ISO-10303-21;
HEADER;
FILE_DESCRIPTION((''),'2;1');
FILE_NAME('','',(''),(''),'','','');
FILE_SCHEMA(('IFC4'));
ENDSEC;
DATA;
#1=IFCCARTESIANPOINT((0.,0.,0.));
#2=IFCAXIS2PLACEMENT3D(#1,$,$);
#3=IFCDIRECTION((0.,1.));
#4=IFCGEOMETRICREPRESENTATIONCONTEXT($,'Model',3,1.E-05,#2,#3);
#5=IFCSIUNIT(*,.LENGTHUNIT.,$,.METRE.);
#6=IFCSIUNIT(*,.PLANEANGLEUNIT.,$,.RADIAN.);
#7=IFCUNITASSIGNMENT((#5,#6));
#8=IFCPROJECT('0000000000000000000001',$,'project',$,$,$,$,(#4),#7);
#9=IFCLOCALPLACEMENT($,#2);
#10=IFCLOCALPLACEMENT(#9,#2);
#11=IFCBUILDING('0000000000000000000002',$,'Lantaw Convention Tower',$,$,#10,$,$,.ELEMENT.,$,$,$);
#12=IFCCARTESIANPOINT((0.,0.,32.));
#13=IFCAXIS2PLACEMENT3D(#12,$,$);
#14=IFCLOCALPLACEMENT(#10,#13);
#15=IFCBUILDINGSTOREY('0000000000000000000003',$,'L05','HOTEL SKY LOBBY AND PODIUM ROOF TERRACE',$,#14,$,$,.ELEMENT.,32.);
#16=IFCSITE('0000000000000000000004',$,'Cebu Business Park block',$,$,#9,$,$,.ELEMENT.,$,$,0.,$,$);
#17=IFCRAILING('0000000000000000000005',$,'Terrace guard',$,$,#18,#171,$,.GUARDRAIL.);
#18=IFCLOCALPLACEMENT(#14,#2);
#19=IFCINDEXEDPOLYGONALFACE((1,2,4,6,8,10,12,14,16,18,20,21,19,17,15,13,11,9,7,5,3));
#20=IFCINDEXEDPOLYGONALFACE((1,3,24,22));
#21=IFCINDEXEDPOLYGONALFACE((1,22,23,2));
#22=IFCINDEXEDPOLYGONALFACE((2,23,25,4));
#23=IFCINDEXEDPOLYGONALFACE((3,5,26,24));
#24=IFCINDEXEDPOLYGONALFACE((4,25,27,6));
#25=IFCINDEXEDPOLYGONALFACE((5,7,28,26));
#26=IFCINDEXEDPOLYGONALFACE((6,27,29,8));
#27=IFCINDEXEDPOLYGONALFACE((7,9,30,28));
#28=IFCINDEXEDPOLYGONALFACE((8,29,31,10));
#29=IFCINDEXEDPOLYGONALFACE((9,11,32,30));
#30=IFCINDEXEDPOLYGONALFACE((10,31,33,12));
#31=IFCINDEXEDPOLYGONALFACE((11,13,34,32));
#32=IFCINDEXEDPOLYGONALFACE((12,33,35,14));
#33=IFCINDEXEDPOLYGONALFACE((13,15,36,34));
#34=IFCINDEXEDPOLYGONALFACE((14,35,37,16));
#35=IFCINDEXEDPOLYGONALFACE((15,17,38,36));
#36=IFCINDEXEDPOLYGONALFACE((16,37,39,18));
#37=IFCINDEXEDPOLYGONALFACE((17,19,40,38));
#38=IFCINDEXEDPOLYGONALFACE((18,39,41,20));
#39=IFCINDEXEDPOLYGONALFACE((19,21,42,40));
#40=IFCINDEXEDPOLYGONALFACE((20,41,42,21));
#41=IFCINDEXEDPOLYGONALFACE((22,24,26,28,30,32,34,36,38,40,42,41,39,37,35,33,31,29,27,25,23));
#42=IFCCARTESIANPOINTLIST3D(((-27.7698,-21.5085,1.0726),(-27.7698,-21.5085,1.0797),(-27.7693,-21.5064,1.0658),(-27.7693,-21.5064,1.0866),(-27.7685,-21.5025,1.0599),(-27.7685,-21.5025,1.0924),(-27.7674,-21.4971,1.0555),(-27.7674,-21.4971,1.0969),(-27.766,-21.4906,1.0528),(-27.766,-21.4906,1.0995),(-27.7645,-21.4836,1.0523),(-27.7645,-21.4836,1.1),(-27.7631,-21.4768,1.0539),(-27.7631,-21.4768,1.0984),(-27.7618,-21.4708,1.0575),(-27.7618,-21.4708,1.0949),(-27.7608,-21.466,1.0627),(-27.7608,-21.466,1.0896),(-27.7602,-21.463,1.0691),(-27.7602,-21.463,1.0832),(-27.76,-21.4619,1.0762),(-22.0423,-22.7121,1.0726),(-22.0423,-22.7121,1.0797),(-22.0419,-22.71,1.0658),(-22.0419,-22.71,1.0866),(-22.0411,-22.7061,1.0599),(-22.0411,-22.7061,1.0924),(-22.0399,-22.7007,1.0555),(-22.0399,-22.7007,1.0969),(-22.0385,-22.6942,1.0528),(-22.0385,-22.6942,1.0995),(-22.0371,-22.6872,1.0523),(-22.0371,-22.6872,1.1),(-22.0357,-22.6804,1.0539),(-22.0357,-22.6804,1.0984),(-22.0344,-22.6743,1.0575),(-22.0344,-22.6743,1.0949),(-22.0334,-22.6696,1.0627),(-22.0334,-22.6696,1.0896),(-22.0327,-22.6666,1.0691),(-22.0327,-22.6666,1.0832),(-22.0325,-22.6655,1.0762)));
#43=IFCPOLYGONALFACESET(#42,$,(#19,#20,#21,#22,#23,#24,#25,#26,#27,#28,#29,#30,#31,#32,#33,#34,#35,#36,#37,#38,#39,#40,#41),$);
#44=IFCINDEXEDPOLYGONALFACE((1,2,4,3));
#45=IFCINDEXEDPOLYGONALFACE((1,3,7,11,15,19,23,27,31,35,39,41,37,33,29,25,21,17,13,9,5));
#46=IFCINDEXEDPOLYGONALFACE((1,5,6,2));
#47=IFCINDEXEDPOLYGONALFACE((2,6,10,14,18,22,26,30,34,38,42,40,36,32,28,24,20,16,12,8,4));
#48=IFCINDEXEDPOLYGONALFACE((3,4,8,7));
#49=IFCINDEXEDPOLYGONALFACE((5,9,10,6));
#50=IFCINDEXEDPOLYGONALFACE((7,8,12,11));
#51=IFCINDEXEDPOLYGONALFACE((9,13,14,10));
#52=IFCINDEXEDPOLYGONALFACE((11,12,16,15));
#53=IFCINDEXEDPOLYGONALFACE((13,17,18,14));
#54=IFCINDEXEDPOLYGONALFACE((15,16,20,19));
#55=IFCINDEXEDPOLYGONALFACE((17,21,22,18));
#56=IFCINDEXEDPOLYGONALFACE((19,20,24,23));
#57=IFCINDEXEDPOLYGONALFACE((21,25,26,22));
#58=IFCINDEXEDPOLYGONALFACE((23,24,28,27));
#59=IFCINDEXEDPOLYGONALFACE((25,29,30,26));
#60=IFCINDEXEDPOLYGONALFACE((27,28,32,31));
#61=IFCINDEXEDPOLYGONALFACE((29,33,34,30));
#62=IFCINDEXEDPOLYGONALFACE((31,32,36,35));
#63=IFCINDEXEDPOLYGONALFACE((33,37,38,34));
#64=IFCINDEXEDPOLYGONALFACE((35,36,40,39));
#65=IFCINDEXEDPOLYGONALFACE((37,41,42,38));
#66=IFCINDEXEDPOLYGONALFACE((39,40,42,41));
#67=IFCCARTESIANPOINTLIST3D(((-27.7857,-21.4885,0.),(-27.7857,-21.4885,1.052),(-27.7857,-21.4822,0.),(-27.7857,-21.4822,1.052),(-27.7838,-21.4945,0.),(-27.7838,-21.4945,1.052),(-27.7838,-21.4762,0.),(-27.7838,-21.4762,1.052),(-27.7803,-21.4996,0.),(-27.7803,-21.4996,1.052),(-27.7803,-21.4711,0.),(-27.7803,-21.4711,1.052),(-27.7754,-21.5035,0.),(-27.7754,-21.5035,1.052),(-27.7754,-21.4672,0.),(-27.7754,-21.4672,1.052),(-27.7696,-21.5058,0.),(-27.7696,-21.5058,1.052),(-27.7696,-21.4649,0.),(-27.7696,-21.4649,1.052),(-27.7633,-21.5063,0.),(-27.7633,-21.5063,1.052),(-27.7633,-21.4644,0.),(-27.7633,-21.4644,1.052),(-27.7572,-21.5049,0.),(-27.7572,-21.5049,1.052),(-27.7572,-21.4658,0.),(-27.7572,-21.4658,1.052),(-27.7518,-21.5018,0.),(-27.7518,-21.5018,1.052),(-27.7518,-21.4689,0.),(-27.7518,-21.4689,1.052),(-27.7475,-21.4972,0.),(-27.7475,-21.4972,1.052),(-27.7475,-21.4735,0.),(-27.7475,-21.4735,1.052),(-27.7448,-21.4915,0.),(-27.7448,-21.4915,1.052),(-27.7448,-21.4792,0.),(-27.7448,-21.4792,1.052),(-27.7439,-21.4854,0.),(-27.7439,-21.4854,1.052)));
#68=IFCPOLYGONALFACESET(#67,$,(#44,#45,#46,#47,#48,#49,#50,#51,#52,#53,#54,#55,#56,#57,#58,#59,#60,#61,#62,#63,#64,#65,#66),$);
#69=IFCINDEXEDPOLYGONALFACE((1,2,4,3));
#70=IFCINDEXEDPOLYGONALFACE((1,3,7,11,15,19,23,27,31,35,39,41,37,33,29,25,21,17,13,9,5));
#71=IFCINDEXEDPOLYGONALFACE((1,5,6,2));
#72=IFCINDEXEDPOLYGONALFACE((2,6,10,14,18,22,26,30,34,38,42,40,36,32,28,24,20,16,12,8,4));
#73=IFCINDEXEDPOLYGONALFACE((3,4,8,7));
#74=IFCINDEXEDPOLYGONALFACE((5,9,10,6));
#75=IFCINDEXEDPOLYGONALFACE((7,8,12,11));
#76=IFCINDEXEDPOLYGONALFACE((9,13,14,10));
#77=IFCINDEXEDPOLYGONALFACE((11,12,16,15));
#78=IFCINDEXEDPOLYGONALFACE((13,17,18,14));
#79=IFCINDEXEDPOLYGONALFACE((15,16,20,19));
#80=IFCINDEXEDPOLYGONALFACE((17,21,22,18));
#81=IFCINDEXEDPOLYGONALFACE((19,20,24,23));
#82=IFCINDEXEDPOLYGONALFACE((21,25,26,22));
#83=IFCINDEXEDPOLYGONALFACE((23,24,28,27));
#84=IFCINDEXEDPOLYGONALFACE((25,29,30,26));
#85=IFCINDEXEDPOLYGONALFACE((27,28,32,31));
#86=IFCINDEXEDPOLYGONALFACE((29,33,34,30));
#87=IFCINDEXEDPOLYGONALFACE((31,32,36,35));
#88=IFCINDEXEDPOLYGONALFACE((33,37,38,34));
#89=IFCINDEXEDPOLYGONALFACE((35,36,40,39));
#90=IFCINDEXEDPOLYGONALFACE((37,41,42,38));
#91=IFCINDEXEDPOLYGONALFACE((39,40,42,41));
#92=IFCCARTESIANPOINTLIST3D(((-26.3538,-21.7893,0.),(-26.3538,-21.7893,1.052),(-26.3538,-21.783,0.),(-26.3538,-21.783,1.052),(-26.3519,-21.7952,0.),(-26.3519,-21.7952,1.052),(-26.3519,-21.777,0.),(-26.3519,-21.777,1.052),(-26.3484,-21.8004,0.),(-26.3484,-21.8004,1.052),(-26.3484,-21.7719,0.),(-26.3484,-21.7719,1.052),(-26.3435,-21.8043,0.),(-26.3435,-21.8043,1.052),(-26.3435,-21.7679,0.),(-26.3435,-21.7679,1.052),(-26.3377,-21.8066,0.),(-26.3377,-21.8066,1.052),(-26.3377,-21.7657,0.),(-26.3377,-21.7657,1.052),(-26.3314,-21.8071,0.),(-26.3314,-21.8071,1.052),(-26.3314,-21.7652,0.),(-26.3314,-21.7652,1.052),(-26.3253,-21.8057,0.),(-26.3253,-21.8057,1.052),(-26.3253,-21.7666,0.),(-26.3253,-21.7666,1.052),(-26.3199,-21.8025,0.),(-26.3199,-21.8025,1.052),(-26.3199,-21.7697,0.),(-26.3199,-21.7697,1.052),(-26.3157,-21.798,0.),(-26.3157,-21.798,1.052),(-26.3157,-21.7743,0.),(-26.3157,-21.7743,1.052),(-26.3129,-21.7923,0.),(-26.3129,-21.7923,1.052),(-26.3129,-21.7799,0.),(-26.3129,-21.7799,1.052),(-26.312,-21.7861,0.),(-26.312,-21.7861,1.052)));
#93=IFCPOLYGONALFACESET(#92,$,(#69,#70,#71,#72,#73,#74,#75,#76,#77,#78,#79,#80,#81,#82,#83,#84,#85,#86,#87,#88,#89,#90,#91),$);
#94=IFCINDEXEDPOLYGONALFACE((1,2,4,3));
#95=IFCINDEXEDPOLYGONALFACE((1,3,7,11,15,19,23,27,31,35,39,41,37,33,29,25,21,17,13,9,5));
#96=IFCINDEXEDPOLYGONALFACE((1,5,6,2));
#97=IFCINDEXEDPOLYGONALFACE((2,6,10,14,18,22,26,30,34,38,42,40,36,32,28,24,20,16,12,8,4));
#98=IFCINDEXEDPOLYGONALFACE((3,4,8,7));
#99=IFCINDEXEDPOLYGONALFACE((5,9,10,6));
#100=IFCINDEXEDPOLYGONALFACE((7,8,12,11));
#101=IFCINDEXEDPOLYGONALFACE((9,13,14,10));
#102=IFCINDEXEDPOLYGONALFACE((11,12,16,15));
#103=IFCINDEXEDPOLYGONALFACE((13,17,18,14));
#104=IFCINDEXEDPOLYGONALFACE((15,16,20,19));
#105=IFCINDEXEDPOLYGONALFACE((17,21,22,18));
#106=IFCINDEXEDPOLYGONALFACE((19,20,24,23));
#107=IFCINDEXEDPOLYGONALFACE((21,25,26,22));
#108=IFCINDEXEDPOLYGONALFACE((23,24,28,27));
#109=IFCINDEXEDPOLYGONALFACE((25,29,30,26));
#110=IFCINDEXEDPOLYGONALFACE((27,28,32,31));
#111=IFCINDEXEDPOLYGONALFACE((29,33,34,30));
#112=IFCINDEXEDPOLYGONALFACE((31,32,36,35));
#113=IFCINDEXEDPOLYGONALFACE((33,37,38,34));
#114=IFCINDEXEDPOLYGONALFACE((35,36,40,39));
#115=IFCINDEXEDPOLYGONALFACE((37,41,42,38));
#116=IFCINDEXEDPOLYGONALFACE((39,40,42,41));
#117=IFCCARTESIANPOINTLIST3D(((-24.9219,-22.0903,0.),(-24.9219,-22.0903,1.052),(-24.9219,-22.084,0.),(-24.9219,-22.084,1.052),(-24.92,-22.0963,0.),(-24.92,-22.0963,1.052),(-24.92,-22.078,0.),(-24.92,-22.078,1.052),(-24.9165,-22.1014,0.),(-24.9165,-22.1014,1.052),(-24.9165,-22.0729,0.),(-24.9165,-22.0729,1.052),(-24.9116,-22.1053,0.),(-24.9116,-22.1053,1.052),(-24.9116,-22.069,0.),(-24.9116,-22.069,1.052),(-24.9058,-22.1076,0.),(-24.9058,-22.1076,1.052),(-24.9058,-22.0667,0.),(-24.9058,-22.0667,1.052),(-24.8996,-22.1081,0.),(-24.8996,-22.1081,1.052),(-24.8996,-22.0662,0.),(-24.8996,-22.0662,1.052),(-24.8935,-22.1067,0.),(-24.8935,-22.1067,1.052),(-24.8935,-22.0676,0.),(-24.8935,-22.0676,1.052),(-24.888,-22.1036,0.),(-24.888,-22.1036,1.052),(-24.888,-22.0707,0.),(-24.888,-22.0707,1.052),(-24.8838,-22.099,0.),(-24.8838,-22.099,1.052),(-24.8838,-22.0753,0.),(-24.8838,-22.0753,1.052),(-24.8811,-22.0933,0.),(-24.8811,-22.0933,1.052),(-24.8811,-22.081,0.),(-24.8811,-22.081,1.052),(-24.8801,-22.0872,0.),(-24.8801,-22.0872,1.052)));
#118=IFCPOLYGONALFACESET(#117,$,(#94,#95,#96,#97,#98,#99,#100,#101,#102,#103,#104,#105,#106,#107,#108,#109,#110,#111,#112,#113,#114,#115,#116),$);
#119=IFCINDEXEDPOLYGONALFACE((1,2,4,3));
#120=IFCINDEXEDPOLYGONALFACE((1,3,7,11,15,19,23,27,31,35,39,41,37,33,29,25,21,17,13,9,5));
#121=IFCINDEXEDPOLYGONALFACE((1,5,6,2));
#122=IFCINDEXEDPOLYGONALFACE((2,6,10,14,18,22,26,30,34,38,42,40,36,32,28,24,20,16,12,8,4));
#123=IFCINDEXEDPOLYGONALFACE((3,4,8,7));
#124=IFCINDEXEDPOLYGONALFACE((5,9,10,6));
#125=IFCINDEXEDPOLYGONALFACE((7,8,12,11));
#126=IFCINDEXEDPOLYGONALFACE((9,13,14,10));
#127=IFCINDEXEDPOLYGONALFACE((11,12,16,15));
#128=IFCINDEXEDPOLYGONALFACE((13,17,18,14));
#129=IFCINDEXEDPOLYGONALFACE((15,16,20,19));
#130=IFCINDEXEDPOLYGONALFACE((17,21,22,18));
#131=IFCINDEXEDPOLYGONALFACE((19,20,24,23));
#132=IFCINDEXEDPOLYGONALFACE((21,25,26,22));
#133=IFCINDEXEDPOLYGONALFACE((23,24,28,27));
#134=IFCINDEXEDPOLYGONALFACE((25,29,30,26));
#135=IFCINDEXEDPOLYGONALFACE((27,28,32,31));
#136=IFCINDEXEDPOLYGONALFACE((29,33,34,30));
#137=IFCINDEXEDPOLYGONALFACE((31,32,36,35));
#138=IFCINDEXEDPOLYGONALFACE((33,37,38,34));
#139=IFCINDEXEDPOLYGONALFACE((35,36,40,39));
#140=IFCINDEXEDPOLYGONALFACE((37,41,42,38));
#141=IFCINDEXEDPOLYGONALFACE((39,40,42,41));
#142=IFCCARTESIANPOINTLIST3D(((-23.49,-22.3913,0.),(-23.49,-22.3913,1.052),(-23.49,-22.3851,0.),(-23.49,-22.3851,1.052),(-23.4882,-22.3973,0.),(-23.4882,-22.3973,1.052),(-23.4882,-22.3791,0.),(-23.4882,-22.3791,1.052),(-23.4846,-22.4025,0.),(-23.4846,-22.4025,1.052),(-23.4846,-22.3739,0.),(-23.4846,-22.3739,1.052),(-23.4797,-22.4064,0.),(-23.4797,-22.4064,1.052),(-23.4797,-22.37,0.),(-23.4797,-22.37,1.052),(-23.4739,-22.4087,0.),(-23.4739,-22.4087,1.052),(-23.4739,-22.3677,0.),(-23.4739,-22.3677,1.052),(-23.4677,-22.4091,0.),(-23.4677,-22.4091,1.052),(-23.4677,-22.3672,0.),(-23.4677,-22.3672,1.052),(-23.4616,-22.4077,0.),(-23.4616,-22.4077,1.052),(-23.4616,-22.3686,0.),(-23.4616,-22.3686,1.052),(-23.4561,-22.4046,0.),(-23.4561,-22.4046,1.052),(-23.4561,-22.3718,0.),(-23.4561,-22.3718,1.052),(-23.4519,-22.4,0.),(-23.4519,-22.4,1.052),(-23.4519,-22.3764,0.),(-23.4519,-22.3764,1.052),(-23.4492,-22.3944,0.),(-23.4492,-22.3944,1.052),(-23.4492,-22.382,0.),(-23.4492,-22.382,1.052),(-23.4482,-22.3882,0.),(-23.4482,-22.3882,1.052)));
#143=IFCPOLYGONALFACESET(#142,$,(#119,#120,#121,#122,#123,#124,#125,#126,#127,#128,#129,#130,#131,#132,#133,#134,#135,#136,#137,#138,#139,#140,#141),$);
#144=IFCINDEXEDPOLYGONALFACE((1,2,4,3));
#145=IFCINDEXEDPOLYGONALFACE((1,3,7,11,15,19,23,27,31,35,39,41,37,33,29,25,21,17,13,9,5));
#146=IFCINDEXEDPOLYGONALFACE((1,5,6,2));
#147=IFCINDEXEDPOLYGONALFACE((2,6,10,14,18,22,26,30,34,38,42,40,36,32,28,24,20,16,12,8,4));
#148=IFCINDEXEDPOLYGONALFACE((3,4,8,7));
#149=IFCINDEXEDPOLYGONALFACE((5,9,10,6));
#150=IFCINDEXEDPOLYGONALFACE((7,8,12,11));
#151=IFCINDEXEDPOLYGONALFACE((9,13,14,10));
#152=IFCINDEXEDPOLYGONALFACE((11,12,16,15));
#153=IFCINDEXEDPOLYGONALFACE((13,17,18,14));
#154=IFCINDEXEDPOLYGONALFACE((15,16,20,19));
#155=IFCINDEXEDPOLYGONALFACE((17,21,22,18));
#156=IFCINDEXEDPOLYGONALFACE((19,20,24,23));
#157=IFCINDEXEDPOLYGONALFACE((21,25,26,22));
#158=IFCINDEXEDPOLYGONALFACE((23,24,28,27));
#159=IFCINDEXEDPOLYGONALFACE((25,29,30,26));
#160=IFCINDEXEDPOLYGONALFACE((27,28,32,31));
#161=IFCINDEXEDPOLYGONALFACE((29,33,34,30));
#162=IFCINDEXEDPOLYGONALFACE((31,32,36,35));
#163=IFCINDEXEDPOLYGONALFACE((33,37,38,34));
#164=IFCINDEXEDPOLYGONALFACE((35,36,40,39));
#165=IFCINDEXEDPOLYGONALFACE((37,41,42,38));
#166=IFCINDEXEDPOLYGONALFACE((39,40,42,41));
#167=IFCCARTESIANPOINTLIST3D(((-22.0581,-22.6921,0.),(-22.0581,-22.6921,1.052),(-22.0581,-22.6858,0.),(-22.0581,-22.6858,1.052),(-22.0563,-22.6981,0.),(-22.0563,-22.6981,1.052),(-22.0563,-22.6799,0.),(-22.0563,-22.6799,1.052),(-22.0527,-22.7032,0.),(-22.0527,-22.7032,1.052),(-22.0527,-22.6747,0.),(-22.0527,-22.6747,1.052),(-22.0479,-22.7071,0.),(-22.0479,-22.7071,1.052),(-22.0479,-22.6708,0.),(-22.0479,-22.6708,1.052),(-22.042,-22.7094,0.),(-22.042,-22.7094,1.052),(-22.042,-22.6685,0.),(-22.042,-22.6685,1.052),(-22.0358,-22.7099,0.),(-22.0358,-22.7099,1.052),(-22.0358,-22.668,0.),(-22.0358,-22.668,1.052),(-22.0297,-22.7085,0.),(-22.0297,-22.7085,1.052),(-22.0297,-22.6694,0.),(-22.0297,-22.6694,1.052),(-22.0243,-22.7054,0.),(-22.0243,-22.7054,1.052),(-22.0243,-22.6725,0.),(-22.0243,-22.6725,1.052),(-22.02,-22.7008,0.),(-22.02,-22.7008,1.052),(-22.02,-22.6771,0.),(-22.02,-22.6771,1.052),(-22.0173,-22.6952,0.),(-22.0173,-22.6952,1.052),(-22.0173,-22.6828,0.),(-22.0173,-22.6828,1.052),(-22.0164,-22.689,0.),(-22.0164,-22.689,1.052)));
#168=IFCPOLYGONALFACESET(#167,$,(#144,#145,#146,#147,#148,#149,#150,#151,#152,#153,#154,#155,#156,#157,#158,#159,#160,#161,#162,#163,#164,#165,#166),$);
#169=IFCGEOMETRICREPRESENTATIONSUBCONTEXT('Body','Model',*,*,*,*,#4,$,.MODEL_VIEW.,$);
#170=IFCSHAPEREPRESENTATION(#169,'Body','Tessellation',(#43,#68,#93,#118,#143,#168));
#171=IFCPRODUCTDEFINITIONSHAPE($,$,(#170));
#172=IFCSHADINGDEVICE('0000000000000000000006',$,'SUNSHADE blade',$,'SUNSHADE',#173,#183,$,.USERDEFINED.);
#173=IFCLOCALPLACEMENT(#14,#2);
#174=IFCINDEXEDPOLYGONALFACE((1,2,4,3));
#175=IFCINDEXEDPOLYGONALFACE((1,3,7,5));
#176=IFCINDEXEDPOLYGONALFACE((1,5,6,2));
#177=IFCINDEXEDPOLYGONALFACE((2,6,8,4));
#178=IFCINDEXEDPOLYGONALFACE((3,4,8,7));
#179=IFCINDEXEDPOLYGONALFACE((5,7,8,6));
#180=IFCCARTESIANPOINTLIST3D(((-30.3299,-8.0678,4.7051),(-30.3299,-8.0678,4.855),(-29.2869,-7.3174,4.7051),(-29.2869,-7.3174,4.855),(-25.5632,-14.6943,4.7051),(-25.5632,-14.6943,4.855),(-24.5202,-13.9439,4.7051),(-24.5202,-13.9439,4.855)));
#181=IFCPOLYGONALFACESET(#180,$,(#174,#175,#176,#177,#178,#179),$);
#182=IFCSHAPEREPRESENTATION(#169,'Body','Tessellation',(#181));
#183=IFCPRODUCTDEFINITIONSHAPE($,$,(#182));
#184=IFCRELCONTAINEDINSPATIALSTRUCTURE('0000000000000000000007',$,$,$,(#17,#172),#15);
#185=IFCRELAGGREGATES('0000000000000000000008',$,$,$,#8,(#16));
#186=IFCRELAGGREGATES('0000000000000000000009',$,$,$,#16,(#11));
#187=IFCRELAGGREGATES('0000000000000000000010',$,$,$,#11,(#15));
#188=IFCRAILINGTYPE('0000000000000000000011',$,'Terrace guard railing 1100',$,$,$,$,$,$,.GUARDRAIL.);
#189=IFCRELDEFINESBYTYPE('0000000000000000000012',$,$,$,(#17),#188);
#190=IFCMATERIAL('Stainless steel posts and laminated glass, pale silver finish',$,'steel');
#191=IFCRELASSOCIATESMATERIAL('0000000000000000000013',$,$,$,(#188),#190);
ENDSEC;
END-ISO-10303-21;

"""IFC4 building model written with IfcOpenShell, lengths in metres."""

from ifc_helpers import new_model, si_unit, direction, frame, origin, origin_2d, place, context, subcontext, project, spatial, rectangle, circle, extrude, material, type_object, element, save


model = new_model("IFC4")

# Units and contexts
model_context = context("Model", 3, precision=1e-05, world=origin(), true_north=direction((0.0, 1.0)))
body_context = subcontext(model_context, "Body", "Model", "MODEL_VIEW")
ifc_project = project(units=[si_unit("LENGTHUNIT", "METRE"), si_unit("PLANEANGLEUNIT", "RADIAN")], contexts=[model_context])

# Site, building, storey
site_placement = place(None, origin())
site = spatial("IfcSite", under=ifc_project, at=site_placement, Name="Cebu Business Park block", CompositionType="ELEMENT", RefElevation=0.0)
building_placement = place(site_placement, origin())
building = spatial("IfcBuilding", under=site, at=building_placement, Name="Lantaw Convention Tower", CompositionType="ELEMENT")
storey_placement = place(building_placement, frame((0.0, 0.0, 32.0)))
storey = spatial("IfcBuildingStorey", under=building, at=storey_placement, Name="L05", Description="HOTEL SKY LOBBY AND PODIUM ROOF TERRACE", CompositionType="ELEMENT", Elevation=32.0)

# Railing
ifc_material_1 = material(Name="Stainless steel posts and laminated glass, pale silver finish", Category="steel")
railing_type_1 = type_object("IfcRailingType", Name="Terrace guard railing 1100", PredefinedType="GUARDRAIL", material=ifc_material_1)
railing_1_placement = place(storey_placement, frame((-27.7649, -21.4854, 0.0)))
element("IfcRailing", 1, at=railing_1_placement, inside=storey, type_object=railing_type_1, Name="Terrace guard", PredefinedType="GUARDRAIL", context=body_context, shape_type="SweptSolid", body=[
    extrude(circle(Radius=0.0239, at=origin_2d()), frame((0.0, 0.0, 1.0762), z_axis=(0.978625, -0.205653, 0.0), x_axis=(0.205653, 0.978625, 0.0)), (0.0, 0.0, 1.0), 5.8525),
    extrude(circle(Radius=0.021, at=origin_2d()), origin(), (0.0, 0.0, 1.0), 1.052),
    extrude(circle(Radius=0.021, at=origin_2d()), frame((1.4319, -0.3008, 0.0)), (0.0, 0.0, 1.0), 1.052),
    extrude(circle(Radius=0.021, at=origin_2d()), frame((2.8638, -0.6018, 0.0)), (0.0, 0.0, 1.0), 1.052),
    extrude(circle(Radius=0.021, at=origin_2d()), frame((4.2957, -0.9028, 0.0)), (0.0, 0.0, 1.0), 1.052),
    extrude(circle(Radius=0.021, at=origin_2d()), frame((5.7275, -1.2036, 0.0)), (0.0, 0.0, 1.0), 1.052),
])

# Shading device
shading_device_placement = place(storey_placement, frame((-27.425, -11.0059, 4.7051), z_axis=(0.0, 0.0, 1.0), x_axis=(0.583951, -0.811789, 0.0)))
element("IfcShadingDevice", 2, at=shading_device_placement, inside=storey, Name="SUNSHADE blade", ObjectType="SUNSHADE", PredefinedType="USERDEFINED", context=body_context, shape_type="SweptSolid", body=[
    extrude(rectangle(XDim=8.1628, YDim=1.2849, at=origin_2d()), origin(), (0.0, 0.0, 1.0), 0.1499),
])

save(model, "model.ifc")
